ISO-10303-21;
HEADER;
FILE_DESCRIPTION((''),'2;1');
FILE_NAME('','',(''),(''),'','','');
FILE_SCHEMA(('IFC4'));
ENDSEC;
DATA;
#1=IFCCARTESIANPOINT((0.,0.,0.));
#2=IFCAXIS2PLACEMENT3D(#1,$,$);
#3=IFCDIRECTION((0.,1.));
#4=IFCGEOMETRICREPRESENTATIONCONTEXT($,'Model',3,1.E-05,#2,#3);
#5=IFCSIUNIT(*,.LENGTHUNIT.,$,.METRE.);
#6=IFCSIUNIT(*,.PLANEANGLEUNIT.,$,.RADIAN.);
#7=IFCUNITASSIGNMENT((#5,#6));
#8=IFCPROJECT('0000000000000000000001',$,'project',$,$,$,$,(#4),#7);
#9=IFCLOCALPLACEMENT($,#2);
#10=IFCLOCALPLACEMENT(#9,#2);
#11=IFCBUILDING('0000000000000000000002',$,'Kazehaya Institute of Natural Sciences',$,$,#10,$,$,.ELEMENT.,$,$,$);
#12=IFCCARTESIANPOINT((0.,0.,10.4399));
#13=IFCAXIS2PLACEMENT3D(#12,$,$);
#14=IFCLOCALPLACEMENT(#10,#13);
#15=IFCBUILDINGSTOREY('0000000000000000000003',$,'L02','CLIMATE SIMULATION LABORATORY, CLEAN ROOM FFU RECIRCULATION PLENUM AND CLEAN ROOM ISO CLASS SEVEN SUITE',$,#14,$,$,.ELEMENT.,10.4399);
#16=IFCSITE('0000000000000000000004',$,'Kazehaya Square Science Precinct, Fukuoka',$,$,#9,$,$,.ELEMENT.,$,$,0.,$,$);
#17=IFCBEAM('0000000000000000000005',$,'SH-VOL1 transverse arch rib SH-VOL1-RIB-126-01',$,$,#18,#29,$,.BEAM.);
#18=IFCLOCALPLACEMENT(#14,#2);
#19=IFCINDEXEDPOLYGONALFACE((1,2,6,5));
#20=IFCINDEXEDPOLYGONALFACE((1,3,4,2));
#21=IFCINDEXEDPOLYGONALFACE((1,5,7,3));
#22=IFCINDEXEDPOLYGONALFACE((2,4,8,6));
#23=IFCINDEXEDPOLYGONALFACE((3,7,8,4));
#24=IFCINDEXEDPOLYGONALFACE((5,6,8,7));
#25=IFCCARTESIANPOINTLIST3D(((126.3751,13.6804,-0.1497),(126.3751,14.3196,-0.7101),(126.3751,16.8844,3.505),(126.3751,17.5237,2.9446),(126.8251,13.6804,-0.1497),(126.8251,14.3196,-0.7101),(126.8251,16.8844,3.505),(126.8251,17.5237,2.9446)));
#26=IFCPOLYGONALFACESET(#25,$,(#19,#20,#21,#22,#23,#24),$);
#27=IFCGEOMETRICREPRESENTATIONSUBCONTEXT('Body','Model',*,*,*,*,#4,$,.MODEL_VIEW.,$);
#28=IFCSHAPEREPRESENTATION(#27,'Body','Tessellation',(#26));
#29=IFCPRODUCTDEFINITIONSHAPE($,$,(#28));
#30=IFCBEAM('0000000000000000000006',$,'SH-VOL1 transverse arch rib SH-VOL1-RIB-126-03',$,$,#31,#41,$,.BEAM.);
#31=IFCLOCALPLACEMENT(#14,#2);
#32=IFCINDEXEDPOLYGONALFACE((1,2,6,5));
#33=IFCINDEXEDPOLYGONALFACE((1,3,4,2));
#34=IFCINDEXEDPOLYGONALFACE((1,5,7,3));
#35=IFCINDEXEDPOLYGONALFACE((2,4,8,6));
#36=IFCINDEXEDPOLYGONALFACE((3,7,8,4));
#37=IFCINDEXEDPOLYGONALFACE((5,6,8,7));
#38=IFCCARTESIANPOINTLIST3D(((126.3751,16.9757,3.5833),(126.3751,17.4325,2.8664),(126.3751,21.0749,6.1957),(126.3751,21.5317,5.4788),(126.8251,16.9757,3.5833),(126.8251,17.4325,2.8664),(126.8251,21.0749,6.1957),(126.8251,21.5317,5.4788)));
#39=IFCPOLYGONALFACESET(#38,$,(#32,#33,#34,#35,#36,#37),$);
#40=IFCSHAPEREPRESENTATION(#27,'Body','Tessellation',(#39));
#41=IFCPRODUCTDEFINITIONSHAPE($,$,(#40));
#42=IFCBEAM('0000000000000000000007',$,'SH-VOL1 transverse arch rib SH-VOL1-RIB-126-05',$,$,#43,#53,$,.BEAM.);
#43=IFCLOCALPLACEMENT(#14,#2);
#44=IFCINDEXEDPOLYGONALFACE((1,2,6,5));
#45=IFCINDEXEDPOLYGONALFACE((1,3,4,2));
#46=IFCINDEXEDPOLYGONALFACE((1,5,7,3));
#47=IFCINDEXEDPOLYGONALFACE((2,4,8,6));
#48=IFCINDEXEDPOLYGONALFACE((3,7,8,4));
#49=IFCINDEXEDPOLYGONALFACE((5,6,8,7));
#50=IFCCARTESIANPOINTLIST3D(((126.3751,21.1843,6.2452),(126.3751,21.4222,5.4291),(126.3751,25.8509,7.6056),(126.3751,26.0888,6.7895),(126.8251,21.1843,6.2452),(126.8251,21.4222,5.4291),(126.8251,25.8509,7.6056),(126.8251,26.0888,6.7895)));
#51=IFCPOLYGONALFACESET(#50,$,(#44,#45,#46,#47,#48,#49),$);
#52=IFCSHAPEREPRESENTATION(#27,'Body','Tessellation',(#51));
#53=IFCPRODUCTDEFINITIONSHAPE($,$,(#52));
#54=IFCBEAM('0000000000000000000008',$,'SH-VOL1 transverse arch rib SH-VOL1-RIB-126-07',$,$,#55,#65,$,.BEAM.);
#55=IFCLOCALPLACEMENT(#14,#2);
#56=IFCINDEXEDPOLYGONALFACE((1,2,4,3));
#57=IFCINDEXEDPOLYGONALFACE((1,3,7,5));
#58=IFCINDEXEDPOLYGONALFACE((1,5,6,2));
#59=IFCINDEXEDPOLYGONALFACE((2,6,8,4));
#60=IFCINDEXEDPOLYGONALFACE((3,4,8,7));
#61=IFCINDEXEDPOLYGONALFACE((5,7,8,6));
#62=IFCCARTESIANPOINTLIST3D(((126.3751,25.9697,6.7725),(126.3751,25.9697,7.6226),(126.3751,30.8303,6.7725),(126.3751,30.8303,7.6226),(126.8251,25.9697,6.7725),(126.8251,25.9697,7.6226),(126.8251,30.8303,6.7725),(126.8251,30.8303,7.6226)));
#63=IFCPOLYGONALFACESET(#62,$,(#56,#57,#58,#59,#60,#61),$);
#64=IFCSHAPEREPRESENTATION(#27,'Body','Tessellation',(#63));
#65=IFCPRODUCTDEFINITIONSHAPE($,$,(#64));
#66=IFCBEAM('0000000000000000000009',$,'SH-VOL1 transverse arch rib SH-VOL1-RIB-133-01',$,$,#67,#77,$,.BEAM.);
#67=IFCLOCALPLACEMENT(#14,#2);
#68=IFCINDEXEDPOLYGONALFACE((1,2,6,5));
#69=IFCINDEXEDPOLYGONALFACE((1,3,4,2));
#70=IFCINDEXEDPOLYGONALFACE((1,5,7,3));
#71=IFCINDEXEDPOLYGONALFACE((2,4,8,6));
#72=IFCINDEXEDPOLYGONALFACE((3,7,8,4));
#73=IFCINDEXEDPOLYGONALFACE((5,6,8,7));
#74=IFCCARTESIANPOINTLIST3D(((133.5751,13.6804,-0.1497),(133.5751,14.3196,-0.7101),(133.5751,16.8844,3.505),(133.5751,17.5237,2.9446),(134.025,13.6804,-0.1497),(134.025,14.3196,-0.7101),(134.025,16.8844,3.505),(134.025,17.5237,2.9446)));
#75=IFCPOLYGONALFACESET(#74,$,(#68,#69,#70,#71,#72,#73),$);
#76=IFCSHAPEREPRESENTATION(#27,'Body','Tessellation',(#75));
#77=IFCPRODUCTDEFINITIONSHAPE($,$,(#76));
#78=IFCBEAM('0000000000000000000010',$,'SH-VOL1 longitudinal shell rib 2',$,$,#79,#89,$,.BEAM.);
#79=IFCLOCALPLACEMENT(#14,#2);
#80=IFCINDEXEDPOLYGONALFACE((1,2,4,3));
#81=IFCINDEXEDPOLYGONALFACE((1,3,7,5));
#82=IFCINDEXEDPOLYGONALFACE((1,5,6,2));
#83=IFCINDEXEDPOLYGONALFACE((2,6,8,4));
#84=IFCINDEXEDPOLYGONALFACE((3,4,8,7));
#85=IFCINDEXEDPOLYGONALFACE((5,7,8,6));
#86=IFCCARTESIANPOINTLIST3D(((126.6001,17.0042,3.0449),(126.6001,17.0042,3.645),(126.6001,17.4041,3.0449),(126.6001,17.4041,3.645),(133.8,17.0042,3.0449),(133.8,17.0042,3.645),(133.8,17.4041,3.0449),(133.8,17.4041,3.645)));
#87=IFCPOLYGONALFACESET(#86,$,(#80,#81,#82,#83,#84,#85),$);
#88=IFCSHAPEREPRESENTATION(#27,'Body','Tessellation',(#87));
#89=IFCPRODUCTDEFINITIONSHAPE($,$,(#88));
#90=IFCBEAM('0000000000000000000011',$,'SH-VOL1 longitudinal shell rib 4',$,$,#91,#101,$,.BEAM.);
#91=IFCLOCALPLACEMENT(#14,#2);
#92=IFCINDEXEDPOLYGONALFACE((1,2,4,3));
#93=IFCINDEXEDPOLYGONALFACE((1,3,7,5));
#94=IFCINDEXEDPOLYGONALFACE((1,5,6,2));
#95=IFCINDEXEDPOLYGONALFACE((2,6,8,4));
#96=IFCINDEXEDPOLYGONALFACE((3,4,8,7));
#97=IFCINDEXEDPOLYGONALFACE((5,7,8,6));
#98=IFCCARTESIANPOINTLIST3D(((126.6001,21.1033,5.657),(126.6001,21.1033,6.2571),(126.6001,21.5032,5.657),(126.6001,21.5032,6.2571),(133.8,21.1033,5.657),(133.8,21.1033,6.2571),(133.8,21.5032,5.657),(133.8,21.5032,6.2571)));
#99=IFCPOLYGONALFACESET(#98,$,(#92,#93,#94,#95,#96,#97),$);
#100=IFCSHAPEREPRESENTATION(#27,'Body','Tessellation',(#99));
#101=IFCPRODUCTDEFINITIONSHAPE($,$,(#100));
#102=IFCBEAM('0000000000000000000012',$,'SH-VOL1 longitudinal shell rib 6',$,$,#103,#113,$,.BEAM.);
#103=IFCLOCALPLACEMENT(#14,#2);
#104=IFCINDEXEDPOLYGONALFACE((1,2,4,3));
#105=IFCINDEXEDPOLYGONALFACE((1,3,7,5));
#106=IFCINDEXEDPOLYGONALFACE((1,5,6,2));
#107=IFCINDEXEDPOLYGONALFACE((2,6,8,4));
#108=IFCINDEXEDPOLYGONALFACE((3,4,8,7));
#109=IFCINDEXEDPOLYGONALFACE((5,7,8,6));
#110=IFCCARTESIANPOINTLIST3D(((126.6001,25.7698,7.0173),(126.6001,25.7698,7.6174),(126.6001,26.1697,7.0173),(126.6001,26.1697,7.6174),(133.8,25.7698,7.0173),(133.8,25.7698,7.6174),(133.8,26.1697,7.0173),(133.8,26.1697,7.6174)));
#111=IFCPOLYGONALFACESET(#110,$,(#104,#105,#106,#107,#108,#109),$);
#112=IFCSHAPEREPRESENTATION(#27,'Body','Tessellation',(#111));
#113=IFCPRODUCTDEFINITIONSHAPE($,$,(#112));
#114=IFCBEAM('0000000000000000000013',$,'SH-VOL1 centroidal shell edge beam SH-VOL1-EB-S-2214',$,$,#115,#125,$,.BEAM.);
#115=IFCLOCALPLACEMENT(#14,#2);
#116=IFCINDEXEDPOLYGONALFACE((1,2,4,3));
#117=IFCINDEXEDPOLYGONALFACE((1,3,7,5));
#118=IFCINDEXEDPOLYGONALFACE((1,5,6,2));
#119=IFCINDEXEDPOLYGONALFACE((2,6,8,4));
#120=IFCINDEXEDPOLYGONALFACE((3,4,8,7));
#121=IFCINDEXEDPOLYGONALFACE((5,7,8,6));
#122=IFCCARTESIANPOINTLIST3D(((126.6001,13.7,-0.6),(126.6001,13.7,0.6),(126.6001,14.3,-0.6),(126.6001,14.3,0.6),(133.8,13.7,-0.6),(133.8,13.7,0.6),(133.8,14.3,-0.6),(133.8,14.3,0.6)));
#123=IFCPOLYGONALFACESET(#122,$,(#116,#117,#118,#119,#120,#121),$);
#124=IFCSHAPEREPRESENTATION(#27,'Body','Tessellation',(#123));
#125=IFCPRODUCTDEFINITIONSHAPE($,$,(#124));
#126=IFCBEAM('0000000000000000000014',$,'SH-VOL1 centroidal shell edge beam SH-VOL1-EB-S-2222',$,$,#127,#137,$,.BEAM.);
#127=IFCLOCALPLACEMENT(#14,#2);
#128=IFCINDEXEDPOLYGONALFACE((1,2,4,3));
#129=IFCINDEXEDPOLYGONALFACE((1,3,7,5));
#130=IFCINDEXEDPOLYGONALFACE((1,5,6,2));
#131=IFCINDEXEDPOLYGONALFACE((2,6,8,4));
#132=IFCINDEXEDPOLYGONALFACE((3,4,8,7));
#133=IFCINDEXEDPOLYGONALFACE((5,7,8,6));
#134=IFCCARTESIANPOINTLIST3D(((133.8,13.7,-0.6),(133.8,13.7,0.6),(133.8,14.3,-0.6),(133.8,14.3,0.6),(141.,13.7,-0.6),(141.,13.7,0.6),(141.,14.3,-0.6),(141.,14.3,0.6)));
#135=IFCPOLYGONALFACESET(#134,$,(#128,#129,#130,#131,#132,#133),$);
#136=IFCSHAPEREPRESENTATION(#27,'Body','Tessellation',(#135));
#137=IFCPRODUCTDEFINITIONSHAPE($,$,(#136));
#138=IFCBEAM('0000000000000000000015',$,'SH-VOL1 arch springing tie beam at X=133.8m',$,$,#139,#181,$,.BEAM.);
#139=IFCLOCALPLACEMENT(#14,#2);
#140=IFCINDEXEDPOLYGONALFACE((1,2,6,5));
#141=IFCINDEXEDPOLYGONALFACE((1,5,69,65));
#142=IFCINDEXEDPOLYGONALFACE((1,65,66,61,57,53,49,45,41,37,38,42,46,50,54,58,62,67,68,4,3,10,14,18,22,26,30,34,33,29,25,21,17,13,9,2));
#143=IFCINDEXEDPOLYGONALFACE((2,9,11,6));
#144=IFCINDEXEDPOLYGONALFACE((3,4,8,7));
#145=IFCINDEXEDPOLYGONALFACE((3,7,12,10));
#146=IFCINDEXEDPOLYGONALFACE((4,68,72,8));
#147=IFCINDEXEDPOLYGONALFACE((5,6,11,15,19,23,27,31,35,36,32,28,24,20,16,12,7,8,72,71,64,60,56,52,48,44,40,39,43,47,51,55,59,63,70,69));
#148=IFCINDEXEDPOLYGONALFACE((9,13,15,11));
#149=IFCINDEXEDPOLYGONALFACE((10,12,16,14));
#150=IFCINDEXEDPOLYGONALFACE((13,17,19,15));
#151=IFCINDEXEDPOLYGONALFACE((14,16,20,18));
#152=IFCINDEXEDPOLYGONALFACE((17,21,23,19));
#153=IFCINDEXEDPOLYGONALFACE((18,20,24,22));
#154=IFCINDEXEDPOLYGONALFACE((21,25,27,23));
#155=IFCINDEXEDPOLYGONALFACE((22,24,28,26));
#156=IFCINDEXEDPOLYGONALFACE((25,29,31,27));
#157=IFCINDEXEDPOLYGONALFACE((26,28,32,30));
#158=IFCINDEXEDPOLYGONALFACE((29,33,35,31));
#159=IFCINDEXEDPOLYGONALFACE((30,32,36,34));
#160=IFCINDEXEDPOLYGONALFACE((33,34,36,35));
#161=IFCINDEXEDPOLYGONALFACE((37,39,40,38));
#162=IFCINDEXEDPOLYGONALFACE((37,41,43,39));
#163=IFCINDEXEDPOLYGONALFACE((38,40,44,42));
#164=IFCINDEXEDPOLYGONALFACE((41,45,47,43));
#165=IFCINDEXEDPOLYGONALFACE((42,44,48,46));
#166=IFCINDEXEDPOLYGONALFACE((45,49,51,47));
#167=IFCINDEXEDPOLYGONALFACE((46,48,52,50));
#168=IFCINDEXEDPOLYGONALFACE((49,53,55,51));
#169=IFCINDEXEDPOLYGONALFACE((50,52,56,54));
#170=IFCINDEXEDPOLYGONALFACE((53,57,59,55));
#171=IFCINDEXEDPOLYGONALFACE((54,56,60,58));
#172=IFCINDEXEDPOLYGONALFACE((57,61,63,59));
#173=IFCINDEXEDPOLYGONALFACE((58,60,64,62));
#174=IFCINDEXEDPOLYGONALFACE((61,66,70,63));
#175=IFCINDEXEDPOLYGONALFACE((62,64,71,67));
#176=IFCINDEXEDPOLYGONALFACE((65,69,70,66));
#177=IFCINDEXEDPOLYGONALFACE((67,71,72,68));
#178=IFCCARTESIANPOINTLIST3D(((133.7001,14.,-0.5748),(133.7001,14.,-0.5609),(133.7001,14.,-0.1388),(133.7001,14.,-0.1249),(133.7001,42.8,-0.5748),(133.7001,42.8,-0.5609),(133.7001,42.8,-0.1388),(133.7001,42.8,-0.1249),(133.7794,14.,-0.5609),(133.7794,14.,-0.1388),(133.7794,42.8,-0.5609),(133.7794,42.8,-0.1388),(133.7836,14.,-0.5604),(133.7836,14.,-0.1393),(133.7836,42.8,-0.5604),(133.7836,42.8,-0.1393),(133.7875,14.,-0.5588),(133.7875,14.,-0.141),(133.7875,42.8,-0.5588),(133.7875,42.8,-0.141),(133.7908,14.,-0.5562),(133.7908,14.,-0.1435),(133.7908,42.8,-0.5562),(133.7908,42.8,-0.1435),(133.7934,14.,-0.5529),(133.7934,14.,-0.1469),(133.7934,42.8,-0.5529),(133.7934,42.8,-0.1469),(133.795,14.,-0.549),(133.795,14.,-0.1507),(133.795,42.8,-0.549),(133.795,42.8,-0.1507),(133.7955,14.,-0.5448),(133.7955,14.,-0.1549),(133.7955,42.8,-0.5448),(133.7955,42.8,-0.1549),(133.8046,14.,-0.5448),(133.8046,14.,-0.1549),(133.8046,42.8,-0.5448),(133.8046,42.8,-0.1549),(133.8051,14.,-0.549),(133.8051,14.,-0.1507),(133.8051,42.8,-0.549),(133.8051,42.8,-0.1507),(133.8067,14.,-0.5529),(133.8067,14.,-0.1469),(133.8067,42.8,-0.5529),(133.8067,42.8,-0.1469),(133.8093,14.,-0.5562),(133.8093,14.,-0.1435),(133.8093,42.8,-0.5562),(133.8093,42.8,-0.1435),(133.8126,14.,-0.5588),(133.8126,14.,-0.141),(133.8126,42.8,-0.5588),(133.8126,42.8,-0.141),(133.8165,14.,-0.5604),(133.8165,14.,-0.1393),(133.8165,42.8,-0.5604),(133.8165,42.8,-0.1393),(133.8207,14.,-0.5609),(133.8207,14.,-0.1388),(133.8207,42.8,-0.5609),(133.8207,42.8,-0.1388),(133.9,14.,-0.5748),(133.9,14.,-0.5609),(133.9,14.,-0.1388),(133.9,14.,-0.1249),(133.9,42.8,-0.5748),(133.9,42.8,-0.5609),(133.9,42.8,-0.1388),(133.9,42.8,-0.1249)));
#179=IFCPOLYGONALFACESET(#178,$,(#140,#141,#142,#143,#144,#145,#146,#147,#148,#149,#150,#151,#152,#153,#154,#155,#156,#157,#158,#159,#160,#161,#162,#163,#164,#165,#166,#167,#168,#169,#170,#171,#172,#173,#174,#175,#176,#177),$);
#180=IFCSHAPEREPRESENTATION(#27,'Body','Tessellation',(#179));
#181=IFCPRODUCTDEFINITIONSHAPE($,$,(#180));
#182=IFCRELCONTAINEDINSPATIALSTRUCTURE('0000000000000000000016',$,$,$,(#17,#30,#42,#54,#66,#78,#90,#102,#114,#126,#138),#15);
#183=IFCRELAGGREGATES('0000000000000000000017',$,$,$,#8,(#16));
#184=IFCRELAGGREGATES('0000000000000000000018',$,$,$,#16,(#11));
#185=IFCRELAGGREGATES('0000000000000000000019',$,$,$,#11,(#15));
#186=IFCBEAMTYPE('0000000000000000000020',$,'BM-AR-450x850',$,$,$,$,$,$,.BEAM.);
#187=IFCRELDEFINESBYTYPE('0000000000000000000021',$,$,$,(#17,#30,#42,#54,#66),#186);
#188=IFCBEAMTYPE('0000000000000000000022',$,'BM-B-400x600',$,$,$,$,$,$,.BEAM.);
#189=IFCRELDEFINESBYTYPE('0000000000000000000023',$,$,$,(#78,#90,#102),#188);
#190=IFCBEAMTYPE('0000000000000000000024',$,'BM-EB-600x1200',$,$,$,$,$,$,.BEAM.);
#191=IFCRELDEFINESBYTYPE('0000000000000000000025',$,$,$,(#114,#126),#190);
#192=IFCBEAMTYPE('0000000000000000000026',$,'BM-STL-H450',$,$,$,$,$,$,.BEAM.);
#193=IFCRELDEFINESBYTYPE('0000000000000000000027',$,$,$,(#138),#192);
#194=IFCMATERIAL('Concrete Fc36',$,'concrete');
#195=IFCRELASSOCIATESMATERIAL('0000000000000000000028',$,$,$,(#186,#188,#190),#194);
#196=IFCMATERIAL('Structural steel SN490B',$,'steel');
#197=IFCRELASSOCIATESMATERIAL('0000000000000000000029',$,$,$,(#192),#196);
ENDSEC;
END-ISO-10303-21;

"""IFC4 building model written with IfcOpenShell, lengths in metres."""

from ifc_helpers import new_model, si_unit, direction, frame, origin, origin_2d, place, context, subcontext, project, spatial, rectangle, i_section, extrude, material, material_profile, profile_set, type_object, element, save


model = new_model("IFC4")

# Units and contexts
model_context = context("Model", 3, precision=1e-05, world=origin(), true_north=direction((0.0, 1.0)))
body_context = subcontext(model_context, "Body", "Model", "MODEL_VIEW")
ifc_project = project(units=[si_unit("LENGTHUNIT", "METRE"), si_unit("PLANEANGLEUNIT", "RADIAN")], contexts=[model_context])

# Site, building, storey
site_placement = place(None, origin())
site = spatial("IfcSite", under=ifc_project, at=site_placement, Name="Kazehaya Square Science Precinct, Fukuoka", CompositionType="ELEMENT", RefElevation=0.0)
building_placement = place(site_placement, origin())
building = spatial("IfcBuilding", under=site, at=building_placement, Name="Kazehaya Institute of Natural Sciences", CompositionType="ELEMENT")
storey_placement = place(building_placement, frame((0.0, 0.0, 10.4399)))
storey = spatial("IfcBuildingStorey", under=building, at=storey_placement, Name="L02", Description="CLIMATE SIMULATION LABORATORY, CLEAN ROOM FFU RECIRCULATION PLENUM AND CLEAN ROOM ISO CLASS SEVEN SUITE", CompositionType="ELEMENT", Elevation=10.4399)

# Beams
ifc_material_1 = material(Name="Concrete Fc36", Category="concrete")
ifc_material_profile_1 = material_profile(ifc_material_1, rectangle(XDim=0.45, YDim=0.8501, at=origin_2d()), Name="RC-450x850")
ifc_profile_set_1 = profile_set([ifc_material_profile_1], Name="Concrete Fc36")
beam_type_1 = type_object("IfcBeamType", Name="BM-AR-450x850", PredefinedType="BEAM", material=ifc_profile_set_1)
beam_1_placement = place(storey_placement, frame((126.6001, 14.0, -0.4299), z_axis=(0.0, 0.659223, 0.751948), x_axis=(-1.0, 0.0, 0.0)))
element("IfcBeam", 1, at=beam_1_placement, inside=storey, type_object=beam_type_1, Name="SH-VOL1 transverse arch rib SH-VOL1-RIB-126-01", PredefinedType="BEAM", context=body_context, shape_type="SweptSolid", body=[
    extrude(rectangle(XDim=0.45, YDim=0.8501, at=origin_2d()), origin(), (0.0, 0.0, 1.0), 4.8604),
])
for number, where, z_axis, x_axis, name in (
    (2, (126.6001, 17.2041, 3.2249), (0.0, 0.84331, 0.537428), (-1.0, 0.0, 0.0), "SH-VOL1 transverse arch rib SH-VOL1-RIB-126-03"),
    (3, (126.6001, 21.3032, 5.8372), (0.0, 0.960039, 0.279865), (-1.0, 0.0, 0.0), "SH-VOL1 transverse arch rib SH-VOL1-RIB-126-05"),
):
    element("IfcBeam", number, at=place(storey_placement, frame(where, z_axis=z_axis, x_axis=x_axis)), inside=storey, type_object=beam_type_1, Name=name, PredefinedType="BEAM", context=body_context, shape_type="SweptSolid", body=[
        extrude(rectangle(XDim=0.45, YDim=0.8501, at=origin_2d()), origin(), (0.0, 0.0, 1.0), 4.8608),
    ])
beam_2_placement = place(storey_placement, frame((126.6001, 25.9697, 7.1975), z_axis=(0.0, 1.0, 0.0), x_axis=(-1.0, 0.0, 0.0)))
element("IfcBeam", 4, at=beam_2_placement, inside=storey, type_object=beam_type_1, Name="SH-VOL1 transverse arch rib SH-VOL1-RIB-126-07", PredefinedType="BEAM", context=body_context, shape_type="SweptSolid", body=[
    extrude(rectangle(XDim=0.45, YDim=0.8501, at=origin_2d()), origin(), (0.0, 0.0, 1.0), 4.8606),
])
beam_3_placement = place(storey_placement, frame((133.8, 14.0, -0.4299), z_axis=(0.0, 0.659223, 0.751948), x_axis=(-1.0, 0.0, 0.0)))
element("IfcBeam", 5, at=beam_3_placement, inside=storey, type_object=beam_type_1, Name="SH-VOL1 transverse arch rib SH-VOL1-RIB-133-01", PredefinedType="BEAM", context=body_context, shape_type="SweptSolid", body=[
    extrude(rectangle(XDim=0.45, YDim=0.8501, at=origin_2d()), origin(), (0.0, 0.0, 1.0), 4.8604),
])
ifc_material_profile_2 = material_profile(ifc_material_1, rectangle(XDim=0.3999, YDim=0.6001, at=origin_2d()), Name="RC-400x600")
ifc_profile_set_2 = profile_set([ifc_material_profile_2], Name="Concrete Fc36")
beam_type_2 = type_object("IfcBeamType", Name="BM-B-400x600", PredefinedType="BEAM", material=ifc_profile_set_2)
for number, where, z_axis, x_axis, name in (
    (6, (126.6001, 17.2041, 3.345), (1.0, 0.0, 0.0), (0.0, 1.0, 0.0), "SH-VOL1 longitudinal shell rib 2"),
    (7, (126.6001, 21.3032, 5.957), (1.0, 0.0, 0.0), (0.0, 1.0, 0.0), "SH-VOL1 longitudinal shell rib 4"),
    (8, (126.6001, 25.9697, 7.3174), (1.0, 0.0, 0.0), (0.0, 1.0, 0.0), "SH-VOL1 longitudinal shell rib 6"),
):
    element("IfcBeam", number, at=place(storey_placement, frame(where, z_axis=z_axis, x_axis=x_axis)), inside=storey, type_object=beam_type_2, Name=name, PredefinedType="BEAM", context=body_context, shape_type="SweptSolid", body=[
        extrude(rectangle(XDim=0.3999, YDim=0.6001, at=origin_2d()), origin(), (0.0, 0.0, 1.0), 7.2),
    ])
ifc_material_profile_3 = material_profile(ifc_material_1, rectangle(XDim=0.6001, YDim=1.2, at=origin_2d()), Name="RC-600x1200")
ifc_profile_set_3 = profile_set([ifc_material_profile_3], Name="Concrete Fc36")
beam_type_3 = type_object("IfcBeamType", Name="BM-EB-600x1200", PredefinedType="BEAM", material=ifc_profile_set_3)
for number, where, z_axis, x_axis, name in (
    (9, (126.6001, 14.0, 0.0), (1.0, 0.0, 0.0), (0.0, 1.0, 0.0), "SH-VOL1 centroidal shell edge beam SH-VOL1-EB-S-2214"),
    (10, (133.8, 14.0, 0.0), (1.0, 0.0, 0.0), (0.0, 1.0, 0.0), "SH-VOL1 centroidal shell edge beam SH-VOL1-EB-S-2222"),
):
    element("IfcBeam", number, at=place(storey_placement, frame(where, z_axis=z_axis, x_axis=x_axis)), inside=storey, type_object=beam_type_3, Name=name, PredefinedType="BEAM", context=body_context, shape_type="SweptSolid", body=[
        extrude(rectangle(XDim=0.6001, YDim=1.2, at=origin_2d()), origin(), (0.0, 0.0, 1.0), 7.2),
    ])
ifc_material_2 = material(Name="Structural steel SN490B", Category="steel")
ifc_material_profile_4 = material_profile(ifc_material_2, i_section(OverallWidth=0.2, OverallDepth=0.45, WebThickness=0.009, FlangeThickness=0.0139, FilletRadius=0.0161, at=origin_2d()), Name="H-450x200x9x14")
ifc_profile_set_4 = profile_set([ifc_material_profile_4], Name="Structural steel SN490B")
beam_type_4 = type_object("IfcBeamType", Name="BM-STL-H450", PredefinedType="BEAM", material=ifc_profile_set_4)
beam_4_placement = place(storey_placement, frame((133.8, 14.0, -0.3499), z_axis=(0.0, 1.0, 0.0), x_axis=(-1.0, 0.0, 0.0)))
element("IfcBeam", 11, at=beam_4_placement, inside=storey, type_object=beam_type_4, Name="SH-VOL1 arch springing tie beam at X=133.8m", PredefinedType="BEAM", context=body_context, shape_type="SweptSolid", body=[
    extrude(i_section(OverallWidth=0.2, OverallDepth=0.45, WebThickness=0.009, FlangeThickness=0.0139, FilletRadius=0.0161, at=origin_2d()), origin(), (0.0, 0.0, 1.0), 28.8),
])

save(model, "model.ifc")
